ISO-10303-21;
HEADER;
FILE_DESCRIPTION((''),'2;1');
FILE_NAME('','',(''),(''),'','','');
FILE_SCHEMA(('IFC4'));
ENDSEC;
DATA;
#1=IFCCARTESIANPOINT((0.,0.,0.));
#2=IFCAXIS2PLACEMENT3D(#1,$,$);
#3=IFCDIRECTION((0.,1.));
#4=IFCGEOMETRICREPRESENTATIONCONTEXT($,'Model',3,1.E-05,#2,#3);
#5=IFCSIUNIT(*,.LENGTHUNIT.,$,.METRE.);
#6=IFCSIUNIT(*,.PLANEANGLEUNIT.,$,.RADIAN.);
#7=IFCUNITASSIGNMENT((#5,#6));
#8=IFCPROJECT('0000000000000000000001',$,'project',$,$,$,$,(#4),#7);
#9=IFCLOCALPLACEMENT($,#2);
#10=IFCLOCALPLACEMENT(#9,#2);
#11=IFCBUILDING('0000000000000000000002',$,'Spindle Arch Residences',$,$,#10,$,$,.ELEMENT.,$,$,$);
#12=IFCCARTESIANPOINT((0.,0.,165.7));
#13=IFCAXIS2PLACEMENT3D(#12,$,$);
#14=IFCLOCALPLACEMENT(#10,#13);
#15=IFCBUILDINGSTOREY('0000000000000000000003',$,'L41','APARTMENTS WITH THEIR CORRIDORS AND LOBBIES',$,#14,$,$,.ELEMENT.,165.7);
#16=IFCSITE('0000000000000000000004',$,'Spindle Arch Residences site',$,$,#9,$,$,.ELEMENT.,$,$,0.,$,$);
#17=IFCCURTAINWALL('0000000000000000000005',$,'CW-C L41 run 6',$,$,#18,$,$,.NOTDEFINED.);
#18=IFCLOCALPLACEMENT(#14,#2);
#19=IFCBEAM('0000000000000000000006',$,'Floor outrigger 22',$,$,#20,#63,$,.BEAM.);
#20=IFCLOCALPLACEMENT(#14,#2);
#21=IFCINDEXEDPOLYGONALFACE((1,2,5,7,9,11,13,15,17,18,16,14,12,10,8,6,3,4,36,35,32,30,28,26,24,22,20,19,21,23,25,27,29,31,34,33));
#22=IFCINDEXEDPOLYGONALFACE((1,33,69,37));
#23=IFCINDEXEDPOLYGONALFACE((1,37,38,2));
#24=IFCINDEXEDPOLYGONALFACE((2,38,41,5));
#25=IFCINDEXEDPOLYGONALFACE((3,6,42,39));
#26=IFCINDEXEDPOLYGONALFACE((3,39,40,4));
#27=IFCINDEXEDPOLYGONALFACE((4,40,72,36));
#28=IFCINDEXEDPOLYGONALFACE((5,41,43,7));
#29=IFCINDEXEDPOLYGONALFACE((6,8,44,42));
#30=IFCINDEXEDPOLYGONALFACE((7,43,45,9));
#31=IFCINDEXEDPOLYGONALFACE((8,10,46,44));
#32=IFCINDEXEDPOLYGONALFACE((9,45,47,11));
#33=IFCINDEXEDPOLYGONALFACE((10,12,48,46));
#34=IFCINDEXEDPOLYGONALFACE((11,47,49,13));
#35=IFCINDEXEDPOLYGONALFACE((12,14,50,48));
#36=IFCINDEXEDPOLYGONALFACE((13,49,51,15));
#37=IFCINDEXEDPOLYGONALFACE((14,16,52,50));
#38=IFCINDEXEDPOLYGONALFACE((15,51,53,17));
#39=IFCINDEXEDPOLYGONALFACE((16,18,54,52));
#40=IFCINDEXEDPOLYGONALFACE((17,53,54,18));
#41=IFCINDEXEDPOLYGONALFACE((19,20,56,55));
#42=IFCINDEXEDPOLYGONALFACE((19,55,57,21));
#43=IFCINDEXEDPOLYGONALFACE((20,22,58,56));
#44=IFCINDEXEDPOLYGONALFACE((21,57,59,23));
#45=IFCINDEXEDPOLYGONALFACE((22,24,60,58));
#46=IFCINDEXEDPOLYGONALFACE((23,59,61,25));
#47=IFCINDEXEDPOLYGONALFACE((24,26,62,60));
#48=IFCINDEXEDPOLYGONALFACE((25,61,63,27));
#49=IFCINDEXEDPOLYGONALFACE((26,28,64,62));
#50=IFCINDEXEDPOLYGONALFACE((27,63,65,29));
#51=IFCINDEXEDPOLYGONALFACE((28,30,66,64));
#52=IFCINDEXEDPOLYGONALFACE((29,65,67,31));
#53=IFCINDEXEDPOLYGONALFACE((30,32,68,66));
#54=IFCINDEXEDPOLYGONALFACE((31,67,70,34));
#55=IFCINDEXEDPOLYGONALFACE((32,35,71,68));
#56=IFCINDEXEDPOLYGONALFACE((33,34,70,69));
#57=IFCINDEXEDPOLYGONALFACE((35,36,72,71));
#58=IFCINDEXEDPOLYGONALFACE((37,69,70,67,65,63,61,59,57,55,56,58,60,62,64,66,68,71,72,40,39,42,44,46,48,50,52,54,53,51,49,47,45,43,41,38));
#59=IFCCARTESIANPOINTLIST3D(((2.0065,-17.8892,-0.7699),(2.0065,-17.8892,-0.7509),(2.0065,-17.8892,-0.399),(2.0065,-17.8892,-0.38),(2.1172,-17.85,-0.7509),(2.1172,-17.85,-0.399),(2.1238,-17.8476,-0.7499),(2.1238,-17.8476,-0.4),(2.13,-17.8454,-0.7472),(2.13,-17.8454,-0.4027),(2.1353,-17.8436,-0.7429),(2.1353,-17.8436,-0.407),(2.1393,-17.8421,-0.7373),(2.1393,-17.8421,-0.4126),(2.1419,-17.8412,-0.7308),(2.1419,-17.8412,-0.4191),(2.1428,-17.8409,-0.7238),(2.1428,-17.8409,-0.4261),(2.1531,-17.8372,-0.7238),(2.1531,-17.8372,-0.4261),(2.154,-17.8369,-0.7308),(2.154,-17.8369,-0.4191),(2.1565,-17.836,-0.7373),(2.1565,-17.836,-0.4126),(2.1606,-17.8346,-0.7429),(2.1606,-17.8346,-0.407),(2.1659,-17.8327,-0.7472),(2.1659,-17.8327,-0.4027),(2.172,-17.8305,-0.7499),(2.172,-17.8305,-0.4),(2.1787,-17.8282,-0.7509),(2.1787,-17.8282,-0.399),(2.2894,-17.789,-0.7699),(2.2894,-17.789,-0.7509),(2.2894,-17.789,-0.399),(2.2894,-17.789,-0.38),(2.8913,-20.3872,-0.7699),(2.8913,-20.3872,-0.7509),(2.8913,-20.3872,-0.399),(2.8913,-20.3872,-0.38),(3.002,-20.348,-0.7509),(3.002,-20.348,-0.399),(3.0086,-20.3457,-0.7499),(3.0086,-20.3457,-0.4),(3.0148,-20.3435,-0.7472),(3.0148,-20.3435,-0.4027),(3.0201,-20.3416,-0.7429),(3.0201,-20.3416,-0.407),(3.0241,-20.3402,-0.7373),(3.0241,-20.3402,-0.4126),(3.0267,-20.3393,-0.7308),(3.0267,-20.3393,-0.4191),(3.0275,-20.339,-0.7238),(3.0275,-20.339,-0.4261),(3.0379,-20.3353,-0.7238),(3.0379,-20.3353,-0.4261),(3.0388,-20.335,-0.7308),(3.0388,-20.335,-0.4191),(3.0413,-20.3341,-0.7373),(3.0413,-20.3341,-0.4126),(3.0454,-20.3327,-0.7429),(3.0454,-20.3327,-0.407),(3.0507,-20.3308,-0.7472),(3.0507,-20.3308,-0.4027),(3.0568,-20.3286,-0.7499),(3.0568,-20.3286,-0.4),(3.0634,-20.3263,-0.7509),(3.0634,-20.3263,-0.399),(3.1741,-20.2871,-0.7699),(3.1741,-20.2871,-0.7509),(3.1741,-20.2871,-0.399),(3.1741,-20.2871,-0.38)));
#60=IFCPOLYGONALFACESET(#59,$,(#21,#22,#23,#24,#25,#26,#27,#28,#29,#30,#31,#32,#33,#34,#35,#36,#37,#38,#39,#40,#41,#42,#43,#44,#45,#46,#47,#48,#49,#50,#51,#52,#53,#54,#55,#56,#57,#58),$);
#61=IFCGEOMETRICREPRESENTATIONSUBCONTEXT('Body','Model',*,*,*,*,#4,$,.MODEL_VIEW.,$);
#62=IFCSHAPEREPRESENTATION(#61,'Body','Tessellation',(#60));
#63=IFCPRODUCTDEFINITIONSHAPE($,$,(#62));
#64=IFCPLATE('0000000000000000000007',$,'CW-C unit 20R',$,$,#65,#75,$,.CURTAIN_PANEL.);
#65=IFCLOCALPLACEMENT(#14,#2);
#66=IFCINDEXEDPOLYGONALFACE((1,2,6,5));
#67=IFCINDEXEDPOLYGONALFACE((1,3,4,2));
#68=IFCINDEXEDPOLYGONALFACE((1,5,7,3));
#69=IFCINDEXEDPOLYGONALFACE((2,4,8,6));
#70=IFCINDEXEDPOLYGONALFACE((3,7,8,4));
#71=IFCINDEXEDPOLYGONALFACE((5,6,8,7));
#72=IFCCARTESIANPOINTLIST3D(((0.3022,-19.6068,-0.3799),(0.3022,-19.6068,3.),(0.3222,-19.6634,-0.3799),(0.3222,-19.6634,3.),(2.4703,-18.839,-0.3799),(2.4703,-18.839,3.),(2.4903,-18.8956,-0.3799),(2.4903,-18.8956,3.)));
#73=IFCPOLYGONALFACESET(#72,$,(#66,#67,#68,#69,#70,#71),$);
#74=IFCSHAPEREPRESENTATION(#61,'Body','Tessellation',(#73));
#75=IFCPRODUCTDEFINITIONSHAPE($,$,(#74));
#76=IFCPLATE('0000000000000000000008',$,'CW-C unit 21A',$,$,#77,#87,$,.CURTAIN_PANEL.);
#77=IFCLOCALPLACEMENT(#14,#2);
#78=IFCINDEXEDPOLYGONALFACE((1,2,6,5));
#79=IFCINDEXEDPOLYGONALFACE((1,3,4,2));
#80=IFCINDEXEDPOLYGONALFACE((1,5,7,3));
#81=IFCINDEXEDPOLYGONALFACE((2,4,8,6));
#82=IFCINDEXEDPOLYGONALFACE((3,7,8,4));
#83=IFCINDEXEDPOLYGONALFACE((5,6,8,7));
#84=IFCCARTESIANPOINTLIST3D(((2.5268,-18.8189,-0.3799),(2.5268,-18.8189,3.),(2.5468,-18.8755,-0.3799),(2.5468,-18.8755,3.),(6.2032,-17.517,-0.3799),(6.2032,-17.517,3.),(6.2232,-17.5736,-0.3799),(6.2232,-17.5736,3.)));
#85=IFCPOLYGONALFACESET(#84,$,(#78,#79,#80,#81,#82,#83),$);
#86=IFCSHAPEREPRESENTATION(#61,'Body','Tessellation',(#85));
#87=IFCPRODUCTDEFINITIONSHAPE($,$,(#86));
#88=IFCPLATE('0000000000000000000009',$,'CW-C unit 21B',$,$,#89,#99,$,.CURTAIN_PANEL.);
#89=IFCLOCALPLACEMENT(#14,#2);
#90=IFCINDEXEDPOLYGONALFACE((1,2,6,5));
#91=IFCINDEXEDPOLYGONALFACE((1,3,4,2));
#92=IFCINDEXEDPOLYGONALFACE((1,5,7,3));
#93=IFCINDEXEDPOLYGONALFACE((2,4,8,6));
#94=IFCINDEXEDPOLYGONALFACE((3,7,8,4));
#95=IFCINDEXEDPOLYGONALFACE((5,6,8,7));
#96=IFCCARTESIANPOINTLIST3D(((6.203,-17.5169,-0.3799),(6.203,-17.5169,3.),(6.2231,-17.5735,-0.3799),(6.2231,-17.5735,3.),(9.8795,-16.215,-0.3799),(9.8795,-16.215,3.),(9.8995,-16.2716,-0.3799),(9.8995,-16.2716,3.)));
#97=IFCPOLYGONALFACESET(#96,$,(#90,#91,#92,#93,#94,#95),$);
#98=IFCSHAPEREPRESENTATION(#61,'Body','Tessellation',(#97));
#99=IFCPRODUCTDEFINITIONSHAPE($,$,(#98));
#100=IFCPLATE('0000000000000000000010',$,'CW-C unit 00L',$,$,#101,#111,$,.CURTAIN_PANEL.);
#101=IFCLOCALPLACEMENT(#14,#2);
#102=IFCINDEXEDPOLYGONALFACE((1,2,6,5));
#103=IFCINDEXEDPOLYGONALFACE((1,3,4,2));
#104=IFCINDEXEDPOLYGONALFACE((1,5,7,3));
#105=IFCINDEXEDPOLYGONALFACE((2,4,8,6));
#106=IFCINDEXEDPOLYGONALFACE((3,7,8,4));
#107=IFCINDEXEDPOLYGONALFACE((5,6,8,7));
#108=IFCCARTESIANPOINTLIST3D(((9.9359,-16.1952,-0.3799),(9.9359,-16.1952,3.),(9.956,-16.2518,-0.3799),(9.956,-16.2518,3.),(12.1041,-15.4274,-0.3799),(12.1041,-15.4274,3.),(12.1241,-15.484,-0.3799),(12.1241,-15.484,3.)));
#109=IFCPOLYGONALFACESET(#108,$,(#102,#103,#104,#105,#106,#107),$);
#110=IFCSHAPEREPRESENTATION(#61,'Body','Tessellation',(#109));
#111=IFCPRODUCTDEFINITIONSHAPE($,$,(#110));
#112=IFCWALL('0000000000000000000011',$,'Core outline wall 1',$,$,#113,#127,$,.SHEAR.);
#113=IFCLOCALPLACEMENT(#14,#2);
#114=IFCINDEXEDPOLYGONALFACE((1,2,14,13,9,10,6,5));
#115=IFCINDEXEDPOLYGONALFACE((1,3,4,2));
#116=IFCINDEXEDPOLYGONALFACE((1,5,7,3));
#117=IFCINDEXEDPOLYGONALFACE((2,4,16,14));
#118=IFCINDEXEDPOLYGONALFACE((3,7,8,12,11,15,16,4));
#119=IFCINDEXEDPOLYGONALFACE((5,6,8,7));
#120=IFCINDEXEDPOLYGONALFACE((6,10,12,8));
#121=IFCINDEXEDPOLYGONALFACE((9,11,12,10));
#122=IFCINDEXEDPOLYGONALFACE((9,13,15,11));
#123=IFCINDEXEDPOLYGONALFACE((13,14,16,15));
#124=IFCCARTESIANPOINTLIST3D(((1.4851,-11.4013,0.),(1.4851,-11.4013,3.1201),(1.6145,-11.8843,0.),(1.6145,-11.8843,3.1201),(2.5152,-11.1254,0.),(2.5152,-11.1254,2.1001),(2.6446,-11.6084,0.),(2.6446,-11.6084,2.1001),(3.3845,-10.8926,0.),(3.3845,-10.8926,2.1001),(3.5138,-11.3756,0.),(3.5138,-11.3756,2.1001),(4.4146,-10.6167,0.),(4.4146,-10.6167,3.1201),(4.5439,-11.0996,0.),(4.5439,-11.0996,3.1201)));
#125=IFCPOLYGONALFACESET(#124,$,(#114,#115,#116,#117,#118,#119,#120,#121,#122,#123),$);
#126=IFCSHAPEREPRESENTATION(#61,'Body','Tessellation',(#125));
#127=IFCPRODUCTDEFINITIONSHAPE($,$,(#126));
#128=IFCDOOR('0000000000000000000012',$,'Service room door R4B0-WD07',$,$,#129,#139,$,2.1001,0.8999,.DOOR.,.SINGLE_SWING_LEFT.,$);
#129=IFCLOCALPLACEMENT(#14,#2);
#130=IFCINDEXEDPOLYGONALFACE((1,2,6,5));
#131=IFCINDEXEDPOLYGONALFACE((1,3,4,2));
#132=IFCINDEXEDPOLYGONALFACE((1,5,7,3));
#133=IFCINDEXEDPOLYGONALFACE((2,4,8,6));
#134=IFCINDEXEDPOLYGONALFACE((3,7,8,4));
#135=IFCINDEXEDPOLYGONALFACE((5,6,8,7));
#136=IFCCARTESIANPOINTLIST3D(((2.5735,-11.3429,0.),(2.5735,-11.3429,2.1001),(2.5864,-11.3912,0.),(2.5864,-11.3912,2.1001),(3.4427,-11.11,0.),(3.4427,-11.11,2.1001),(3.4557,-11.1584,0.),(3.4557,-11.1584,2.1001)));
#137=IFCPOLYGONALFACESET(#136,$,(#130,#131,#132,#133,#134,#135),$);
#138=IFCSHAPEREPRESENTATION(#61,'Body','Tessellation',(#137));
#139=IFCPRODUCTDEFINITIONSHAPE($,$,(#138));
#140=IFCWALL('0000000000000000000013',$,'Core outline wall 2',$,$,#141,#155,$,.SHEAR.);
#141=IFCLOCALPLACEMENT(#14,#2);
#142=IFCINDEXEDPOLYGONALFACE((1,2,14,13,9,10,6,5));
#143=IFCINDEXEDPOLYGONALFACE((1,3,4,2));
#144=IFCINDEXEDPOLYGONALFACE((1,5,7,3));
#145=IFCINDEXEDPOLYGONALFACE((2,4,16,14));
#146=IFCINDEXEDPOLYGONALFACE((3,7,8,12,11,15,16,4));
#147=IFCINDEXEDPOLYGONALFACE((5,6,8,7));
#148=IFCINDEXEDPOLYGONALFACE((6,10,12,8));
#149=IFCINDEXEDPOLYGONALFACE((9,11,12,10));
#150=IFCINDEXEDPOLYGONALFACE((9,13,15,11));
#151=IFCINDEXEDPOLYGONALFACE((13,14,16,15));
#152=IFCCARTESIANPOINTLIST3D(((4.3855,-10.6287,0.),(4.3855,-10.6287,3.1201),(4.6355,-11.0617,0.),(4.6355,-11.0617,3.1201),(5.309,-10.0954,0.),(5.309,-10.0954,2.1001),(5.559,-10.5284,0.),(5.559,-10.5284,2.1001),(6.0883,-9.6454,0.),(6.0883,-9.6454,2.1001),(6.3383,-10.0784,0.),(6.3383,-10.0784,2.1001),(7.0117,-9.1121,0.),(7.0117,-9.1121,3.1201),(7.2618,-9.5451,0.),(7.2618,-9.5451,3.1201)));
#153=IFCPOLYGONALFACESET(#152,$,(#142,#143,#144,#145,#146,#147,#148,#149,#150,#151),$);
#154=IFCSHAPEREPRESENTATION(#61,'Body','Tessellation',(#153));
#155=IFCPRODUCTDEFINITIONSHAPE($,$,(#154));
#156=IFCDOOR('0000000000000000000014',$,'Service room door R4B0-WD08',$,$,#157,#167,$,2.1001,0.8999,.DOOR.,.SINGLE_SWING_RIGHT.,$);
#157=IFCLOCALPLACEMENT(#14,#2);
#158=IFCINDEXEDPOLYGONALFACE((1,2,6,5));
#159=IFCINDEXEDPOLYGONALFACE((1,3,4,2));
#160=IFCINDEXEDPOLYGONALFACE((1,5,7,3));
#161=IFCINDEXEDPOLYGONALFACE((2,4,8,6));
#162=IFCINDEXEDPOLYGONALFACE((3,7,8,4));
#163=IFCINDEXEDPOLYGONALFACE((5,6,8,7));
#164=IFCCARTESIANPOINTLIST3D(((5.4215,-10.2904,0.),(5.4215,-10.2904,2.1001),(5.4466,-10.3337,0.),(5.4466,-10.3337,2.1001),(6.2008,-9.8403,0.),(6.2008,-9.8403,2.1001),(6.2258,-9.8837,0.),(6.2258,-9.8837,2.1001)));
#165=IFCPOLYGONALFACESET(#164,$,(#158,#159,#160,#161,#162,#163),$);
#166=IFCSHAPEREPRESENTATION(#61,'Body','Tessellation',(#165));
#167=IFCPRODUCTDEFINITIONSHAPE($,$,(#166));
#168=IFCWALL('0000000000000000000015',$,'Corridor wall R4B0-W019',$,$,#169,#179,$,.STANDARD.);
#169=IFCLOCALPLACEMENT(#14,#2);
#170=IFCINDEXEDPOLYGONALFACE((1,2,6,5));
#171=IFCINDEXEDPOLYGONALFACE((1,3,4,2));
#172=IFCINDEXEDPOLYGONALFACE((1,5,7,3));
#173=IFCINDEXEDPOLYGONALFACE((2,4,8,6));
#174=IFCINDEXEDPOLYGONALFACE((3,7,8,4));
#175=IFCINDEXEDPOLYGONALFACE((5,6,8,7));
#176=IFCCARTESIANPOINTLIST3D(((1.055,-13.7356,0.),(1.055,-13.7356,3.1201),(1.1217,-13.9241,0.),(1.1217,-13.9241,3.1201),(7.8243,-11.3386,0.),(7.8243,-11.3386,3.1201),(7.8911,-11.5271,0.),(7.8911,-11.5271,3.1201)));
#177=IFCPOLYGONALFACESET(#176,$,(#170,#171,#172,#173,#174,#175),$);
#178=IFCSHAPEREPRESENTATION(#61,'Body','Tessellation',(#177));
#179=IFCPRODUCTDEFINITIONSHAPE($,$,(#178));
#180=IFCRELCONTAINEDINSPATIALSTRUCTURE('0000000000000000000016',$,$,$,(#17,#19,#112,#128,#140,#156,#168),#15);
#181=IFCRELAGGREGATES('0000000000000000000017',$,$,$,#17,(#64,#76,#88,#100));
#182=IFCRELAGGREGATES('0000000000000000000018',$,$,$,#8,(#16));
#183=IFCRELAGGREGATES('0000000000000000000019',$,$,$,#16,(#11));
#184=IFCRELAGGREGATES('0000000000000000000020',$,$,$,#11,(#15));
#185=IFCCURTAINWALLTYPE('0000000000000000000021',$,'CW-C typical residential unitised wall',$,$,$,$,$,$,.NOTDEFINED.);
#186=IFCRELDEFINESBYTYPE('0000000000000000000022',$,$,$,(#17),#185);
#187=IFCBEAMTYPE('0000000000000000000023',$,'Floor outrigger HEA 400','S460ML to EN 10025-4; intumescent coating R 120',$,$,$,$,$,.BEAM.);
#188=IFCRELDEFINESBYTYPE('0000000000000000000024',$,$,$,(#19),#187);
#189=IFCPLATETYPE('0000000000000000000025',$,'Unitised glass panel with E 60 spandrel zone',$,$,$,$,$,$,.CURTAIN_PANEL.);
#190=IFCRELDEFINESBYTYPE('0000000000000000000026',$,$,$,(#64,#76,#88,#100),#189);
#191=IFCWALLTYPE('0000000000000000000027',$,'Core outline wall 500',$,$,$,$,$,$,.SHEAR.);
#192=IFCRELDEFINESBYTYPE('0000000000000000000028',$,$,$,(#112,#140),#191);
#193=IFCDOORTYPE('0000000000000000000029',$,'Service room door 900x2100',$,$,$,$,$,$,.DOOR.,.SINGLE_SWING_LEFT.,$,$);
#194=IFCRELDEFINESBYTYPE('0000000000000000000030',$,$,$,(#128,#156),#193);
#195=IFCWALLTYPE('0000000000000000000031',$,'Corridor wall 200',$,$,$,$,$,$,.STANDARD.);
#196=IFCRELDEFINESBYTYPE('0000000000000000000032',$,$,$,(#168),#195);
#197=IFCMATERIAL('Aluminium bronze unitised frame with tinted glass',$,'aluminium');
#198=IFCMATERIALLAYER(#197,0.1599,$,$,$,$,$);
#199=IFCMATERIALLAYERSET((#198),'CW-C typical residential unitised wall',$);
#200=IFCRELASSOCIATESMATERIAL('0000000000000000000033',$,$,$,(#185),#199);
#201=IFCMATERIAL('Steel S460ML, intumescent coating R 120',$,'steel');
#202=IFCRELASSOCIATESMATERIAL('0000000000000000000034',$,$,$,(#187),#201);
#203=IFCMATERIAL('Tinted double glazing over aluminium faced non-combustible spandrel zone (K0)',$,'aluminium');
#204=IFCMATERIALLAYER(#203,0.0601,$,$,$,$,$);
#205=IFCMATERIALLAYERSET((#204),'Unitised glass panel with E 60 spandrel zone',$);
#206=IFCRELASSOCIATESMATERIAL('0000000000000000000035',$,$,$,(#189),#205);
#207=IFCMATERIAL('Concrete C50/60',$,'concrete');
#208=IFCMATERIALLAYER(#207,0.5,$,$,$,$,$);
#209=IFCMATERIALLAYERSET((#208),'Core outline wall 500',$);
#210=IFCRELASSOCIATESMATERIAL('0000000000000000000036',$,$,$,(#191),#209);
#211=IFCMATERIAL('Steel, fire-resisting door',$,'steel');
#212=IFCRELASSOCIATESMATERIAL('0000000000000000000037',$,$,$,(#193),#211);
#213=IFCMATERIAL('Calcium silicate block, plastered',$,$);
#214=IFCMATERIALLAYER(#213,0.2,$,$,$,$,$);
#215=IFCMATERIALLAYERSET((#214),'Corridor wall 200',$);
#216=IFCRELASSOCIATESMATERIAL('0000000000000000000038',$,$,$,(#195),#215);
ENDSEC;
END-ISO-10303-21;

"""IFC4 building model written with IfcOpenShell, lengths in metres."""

from ifc_helpers import new_model, si_unit, direction, frame, frame_2d, origin, origin_2d, place, context, subcontext, project, spatial, rectangle, i_section, extrude, material, layer, layer_set, material_profile, profile_set, type_object, element, fill, aggregate, save


model = new_model("IFC4")

# Units and contexts
model_context = context("Model", 3, precision=1e-05, world=origin(), true_north=direction((0.0, 1.0)))
body_context = subcontext(model_context, "Body", "Model", "MODEL_VIEW")
ifc_project = project(units=[si_unit("LENGTHUNIT", "METRE"), si_unit("PLANEANGLEUNIT", "RADIAN")], contexts=[model_context])

# Site, building, storey
site_placement = place(None, origin())
site = spatial("IfcSite", under=ifc_project, at=site_placement, Name="Spindle Arch Residences site", CompositionType="ELEMENT", RefElevation=0.0)
building_placement = place(site_placement, origin())
building = spatial("IfcBuilding", under=site, at=building_placement, Name="Spindle Arch Residences", CompositionType="ELEMENT")
storey_placement = place(building_placement, frame((0.0, 0.0, 165.7)))
storey = spatial("IfcBuildingStorey", under=building, at=storey_placement, Name="L41", Description="APARTMENTS WITH THEIR CORRIDORS AND LOBBIES", CompositionType="ELEMENT", Elevation=165.7)

# Curtain wall
ifc_material_1 = material(Name="Aluminium bronze unitised frame with tinted glass", Category="aluminium")
ifc_layer_1 = layer(ifc_material_1, 0.1599)
ifc_layer_set_1 = layer_set([ifc_layer_1], Name="CW-C typical residential unitised wall")
curtain_wall_type = type_object("IfcCurtainWallType", Name="CW-C typical residential unitised wall", PredefinedType="NOTDEFINED", material=ifc_layer_set_1)
curtain_wall_placement = place(storey_placement, origin())
curtain_wall = element("IfcCurtainWall", 1, at=curtain_wall_placement, inside=storey, type_object=curtain_wall_type, Name="CW-C L41 run 6", PredefinedType="NOTDEFINED")

# Beam
ifc_material_2 = material(Name="Steel S460ML, intumescent coating R 120", Category="steel")
ifc_material_profile_1 = material_profile(ifc_material_2, i_section(OverallWidth=0.3, OverallDepth=0.3899, WebThickness=0.011, FlangeThickness=0.019, FilletRadius=0.0271, at=origin_2d()), Name="HEA 400")
ifc_profile_set_1 = profile_set([ifc_material_profile_1], Name="Steel S460ML, intumescent coating R 120")
beam_type_1 = type_object("IfcBeamType", Name="Floor outrigger HEA 400", Description="S460ML to EN 10025-4; intumescent coating R 120", PredefinedType="BEAM", material=ifc_profile_set_1)
for number, where, z_axis, x_axis, name in (
    (2, (3.0327, -20.3372, -0.575), (-0.333861, 0.942622, 0.0), (-0.942622, -0.333861, 0.0), "Floor outrigger 22"),
):
    element("IfcBeam", number, at=place(storey_placement, frame(where, z_axis=z_axis, x_axis=x_axis)), inside=storey, type_object=beam_type_1, Name=name, PredefinedType="BEAM", context=body_context, shape_type="SweptSolid", body=[
        extrude(i_section(OverallWidth=0.3, OverallDepth=0.3899, WebThickness=0.011, FlangeThickness=0.019, FilletRadius=0.0271, at=origin_2d()), origin(), (0.0, 0.0, 1.0), 2.6501),
    ])

# Plates
ifc_material_3 = material(Name="Tinted double glazing over aluminium faced non-combustible spandrel zone (K0)", Category="aluminium")
ifc_layer_2 = layer(ifc_material_3, 0.0601)
ifc_layer_set_2 = layer_set([ifc_layer_2], Name="Unitised glass panel with E 60 spandrel zone")
plate_type = type_object("IfcPlateType", Name="Unitised glass panel with E 60 spandrel zone", PredefinedType="CURTAIN_PANEL", material=ifc_layer_set_2)
plate_1_placement = place(storey_placement, frame((1.3962, -19.2512, -0.3799), z_axis=(0.0, 0.0, 1.0), x_axis=(0.942641, 0.333807, 0.0)))
plate_1 = element("IfcPlate", 3, at=plate_1_placement, type_object=plate_type, Name="CW-C unit 20R", PredefinedType="CURTAIN_PANEL", context=body_context, shape_type="SweptSolid", body=[
    extrude(rectangle(XDim=2.3, YDim=0.0601, at=origin_2d()), origin(), (0.0, 0.0, 1.0), 3.3799),
])
plate_2_placement = place(storey_placement, frame((4.375, -18.1963, -0.3799), z_axis=(0.0, 0.0, 1.0), x_axis=(0.942641, 0.333807, 0.0)))
plate_2 = element("IfcPlate", 4, at=plate_2_placement, type_object=plate_type, Name="CW-C unit 21A", PredefinedType="CURTAIN_PANEL", context=body_context, shape_type="SweptSolid", body=[
    extrude(rectangle(XDim=3.9001, YDim=0.0601, at=origin_2d()), origin(), (0.0, 0.0, 1.0), 3.3799),
])
plate_3_placement = place(storey_placement, frame((8.0513, -16.8943, -0.3799), z_axis=(0.0, 0.0, 1.0), x_axis=(0.942641, 0.333807, 0.0)))
plate_3 = element("IfcPlate", 5, at=plate_3_placement, type_object=plate_type, Name="CW-C unit 21B", PredefinedType="CURTAIN_PANEL", context=body_context, shape_type="SweptSolid", body=[
    extrude(rectangle(XDim=3.9001, YDim=0.0601, at=origin_2d()), origin(), (0.0, 0.0, 1.0), 3.3799),
])
plate_4_placement = place(storey_placement, frame((11.03, -15.8396, -0.3799), z_axis=(0.0, 0.0, 1.0), x_axis=(0.942641, 0.333807, 0.0)))
plate_4 = element("IfcPlate", 6, at=plate_4_placement, type_object=plate_type, Name="CW-C unit 00L", PredefinedType="CURTAIN_PANEL", context=body_context, shape_type="SweptSolid", body=[
    extrude(rectangle(XDim=2.3, YDim=0.0601, at=origin_2d()), origin(), (0.0, 0.0, 1.0), 3.3799),
])
aggregate(curtain_wall, [plate_1, plate_2, plate_3, plate_4])

# Walls, openings, doors
ifc_material_4 = material(Name="Concrete C50/60", Category="concrete")
ifc_layer_3 = layer(ifc_material_4, 0.5)
ifc_layer_set_3 = layer_set([ifc_layer_3], Name="Core outline wall 500")
wall_type_1 = type_object("IfcWallType", Name="Core outline wall 500", PredefinedType="SHEAR", material=ifc_layer_set_3)
wall_1_placement = place(storey_placement, frame((1.5498, -11.6428, 0.0), z_axis=(0.0, 0.0, 1.0), x_axis=(0.965948, 0.258735, 0.0)))
wall_1 = element("IfcWall", 7, at=wall_1_placement, inside=storey, type_object=wall_type_1, Name="Core outline wall 1", PredefinedType="SHEAR", context=body_context, shape_type="SweptSolid", body=[
    extrude(rectangle(XDim=3.0327, YDim=0.5, at=frame_2d((1.5164, 0.0))), origin(), (0.0, 0.0, 1.0), 3.1201),
])
opening_1_placement = place(wall_1_placement, frame((1.0664, 0.0, 0.0)))
opening_1 = element("IfcOpeningElement", 8, at=opening_1_placement, cuts=wall_1, PredefinedType="OPENING", context=body_context, shape_type="SweptSolid", body=[
    extrude(rectangle(XDim=0.8999, YDim=2.1001, at=frame_2d((0.45, 1.05))), frame((0.0, 0.26, 0.0), z_axis=(0.0, -1.0, 0.0), x_axis=(1.0, 0.0, 0.0)), (0.0, 0.0, 1.0), 0.52),
])
ifc_material_5 = material(Name="Steel, fire-resisting door", Category="steel")
door_type_1 = type_object("IfcDoorType", Name="Service room door 900x2100", OperationType="SINGLE_SWING_LEFT", PredefinedType="DOOR", material=ifc_material_5)
door_1_placement = place(opening_1_placement, origin())
door_1 = element("IfcDoor", 9, at=door_1_placement, inside=storey, type_object=door_type_1, Name="Service room door R4B0-WD07", OperationType="SINGLE_SWING_LEFT", OverallHeight=2.1001, OverallWidth=0.8999, PredefinedType="DOOR", context=body_context, shape_type="SweptSolid", body=[
    extrude(rectangle(XDim=0.8999, YDim=2.1001, at=frame_2d((0.45, 1.05))), frame((0.0, 0.0249, 0.0), z_axis=(0.0, -1.0, 0.0), x_axis=(1.0, 0.0, 0.0)), (0.0, 0.0, 1.0), 0.05),
])
fill(opening_1, door_1)
wall_2_placement = place(storey_placement, frame((4.5105, -10.8452, 0.0), z_axis=(0.0, 0.0, 1.0), x_axis=(0.865975, 0.500087, 0.0)))
wall_2 = element("IfcWall", 10, at=wall_2_placement, inside=storey, type_object=wall_type_1, Name="Core outline wall 2", PredefinedType="SHEAR", context=body_context, shape_type="SweptSolid", body=[
    extrude(rectangle(XDim=3.0327, YDim=0.5, at=frame_2d((1.5164, 0.0))), origin(), (0.0, 0.0, 1.0), 3.1201),
])
opening_2_placement = place(wall_2_placement, frame((1.0664, 0.0, 0.0)))
opening_2 = element("IfcOpeningElement", 11, at=opening_2_placement, cuts=wall_2, PredefinedType="OPENING", context=body_context, shape_type="SweptSolid", body=[
    extrude(rectangle(XDim=0.8999, YDim=2.1001, at=frame_2d((0.45, 1.05))), frame((0.0, 0.26, 0.0), z_axis=(0.0, -1.0, 0.0), x_axis=(1.0, 0.0, 0.0)), (0.0, 0.0, 1.0), 0.52),
])
door_2_placement = place(opening_2_placement, origin())
door_2 = element("IfcDoor", 12, at=door_2_placement, inside=storey, type_object=door_type_1, Name="Service room door R4B0-WD08", OperationType="SINGLE_SWING_RIGHT", OverallHeight=2.1001, OverallWidth=0.8999, PredefinedType="DOOR", context=body_context, shape_type="SweptSolid", body=[
    extrude(rectangle(XDim=0.8999, YDim=2.1001, at=frame_2d((0.45, 1.05))), frame((0.0, 0.0249, 0.0), z_axis=(0.0, -1.0, 0.0), x_axis=(1.0, 0.0, 0.0)), (0.0, 0.0, 1.0), 0.05),
])
fill(opening_2, door_2)

# Wall
ifc_material_6 = material(Name="Calcium silicate block, plastered")
ifc_layer_4 = layer(ifc_material_6, 0.2)
ifc_layer_set_4 = layer_set([ifc_layer_4], Name="Corridor wall 200")
wall_type_2 = type_object("IfcWallType", Name="Corridor wall 200", PredefinedType="STANDARD", material=ifc_layer_set_4)
wall_3_placement = place(storey_placement, frame((1.0884, -13.8298, 0.0), z_axis=(0.0, 0.0, 1.0), x_axis=(0.942648, 0.333787, 0.0)))
element("IfcWall", 13, at=wall_3_placement, inside=storey, type_object=wall_type_2, Name="Corridor wall R4B0-W019", PredefinedType="STANDARD", context=body_context, shape_type="SweptSolid", body=[
    extrude(rectangle(XDim=7.1812, YDim=0.2, at=frame_2d((3.5906, 0.0))), origin(), (0.0, 0.0, 1.0), 3.1201),
])

save(model, "model.ifc")
